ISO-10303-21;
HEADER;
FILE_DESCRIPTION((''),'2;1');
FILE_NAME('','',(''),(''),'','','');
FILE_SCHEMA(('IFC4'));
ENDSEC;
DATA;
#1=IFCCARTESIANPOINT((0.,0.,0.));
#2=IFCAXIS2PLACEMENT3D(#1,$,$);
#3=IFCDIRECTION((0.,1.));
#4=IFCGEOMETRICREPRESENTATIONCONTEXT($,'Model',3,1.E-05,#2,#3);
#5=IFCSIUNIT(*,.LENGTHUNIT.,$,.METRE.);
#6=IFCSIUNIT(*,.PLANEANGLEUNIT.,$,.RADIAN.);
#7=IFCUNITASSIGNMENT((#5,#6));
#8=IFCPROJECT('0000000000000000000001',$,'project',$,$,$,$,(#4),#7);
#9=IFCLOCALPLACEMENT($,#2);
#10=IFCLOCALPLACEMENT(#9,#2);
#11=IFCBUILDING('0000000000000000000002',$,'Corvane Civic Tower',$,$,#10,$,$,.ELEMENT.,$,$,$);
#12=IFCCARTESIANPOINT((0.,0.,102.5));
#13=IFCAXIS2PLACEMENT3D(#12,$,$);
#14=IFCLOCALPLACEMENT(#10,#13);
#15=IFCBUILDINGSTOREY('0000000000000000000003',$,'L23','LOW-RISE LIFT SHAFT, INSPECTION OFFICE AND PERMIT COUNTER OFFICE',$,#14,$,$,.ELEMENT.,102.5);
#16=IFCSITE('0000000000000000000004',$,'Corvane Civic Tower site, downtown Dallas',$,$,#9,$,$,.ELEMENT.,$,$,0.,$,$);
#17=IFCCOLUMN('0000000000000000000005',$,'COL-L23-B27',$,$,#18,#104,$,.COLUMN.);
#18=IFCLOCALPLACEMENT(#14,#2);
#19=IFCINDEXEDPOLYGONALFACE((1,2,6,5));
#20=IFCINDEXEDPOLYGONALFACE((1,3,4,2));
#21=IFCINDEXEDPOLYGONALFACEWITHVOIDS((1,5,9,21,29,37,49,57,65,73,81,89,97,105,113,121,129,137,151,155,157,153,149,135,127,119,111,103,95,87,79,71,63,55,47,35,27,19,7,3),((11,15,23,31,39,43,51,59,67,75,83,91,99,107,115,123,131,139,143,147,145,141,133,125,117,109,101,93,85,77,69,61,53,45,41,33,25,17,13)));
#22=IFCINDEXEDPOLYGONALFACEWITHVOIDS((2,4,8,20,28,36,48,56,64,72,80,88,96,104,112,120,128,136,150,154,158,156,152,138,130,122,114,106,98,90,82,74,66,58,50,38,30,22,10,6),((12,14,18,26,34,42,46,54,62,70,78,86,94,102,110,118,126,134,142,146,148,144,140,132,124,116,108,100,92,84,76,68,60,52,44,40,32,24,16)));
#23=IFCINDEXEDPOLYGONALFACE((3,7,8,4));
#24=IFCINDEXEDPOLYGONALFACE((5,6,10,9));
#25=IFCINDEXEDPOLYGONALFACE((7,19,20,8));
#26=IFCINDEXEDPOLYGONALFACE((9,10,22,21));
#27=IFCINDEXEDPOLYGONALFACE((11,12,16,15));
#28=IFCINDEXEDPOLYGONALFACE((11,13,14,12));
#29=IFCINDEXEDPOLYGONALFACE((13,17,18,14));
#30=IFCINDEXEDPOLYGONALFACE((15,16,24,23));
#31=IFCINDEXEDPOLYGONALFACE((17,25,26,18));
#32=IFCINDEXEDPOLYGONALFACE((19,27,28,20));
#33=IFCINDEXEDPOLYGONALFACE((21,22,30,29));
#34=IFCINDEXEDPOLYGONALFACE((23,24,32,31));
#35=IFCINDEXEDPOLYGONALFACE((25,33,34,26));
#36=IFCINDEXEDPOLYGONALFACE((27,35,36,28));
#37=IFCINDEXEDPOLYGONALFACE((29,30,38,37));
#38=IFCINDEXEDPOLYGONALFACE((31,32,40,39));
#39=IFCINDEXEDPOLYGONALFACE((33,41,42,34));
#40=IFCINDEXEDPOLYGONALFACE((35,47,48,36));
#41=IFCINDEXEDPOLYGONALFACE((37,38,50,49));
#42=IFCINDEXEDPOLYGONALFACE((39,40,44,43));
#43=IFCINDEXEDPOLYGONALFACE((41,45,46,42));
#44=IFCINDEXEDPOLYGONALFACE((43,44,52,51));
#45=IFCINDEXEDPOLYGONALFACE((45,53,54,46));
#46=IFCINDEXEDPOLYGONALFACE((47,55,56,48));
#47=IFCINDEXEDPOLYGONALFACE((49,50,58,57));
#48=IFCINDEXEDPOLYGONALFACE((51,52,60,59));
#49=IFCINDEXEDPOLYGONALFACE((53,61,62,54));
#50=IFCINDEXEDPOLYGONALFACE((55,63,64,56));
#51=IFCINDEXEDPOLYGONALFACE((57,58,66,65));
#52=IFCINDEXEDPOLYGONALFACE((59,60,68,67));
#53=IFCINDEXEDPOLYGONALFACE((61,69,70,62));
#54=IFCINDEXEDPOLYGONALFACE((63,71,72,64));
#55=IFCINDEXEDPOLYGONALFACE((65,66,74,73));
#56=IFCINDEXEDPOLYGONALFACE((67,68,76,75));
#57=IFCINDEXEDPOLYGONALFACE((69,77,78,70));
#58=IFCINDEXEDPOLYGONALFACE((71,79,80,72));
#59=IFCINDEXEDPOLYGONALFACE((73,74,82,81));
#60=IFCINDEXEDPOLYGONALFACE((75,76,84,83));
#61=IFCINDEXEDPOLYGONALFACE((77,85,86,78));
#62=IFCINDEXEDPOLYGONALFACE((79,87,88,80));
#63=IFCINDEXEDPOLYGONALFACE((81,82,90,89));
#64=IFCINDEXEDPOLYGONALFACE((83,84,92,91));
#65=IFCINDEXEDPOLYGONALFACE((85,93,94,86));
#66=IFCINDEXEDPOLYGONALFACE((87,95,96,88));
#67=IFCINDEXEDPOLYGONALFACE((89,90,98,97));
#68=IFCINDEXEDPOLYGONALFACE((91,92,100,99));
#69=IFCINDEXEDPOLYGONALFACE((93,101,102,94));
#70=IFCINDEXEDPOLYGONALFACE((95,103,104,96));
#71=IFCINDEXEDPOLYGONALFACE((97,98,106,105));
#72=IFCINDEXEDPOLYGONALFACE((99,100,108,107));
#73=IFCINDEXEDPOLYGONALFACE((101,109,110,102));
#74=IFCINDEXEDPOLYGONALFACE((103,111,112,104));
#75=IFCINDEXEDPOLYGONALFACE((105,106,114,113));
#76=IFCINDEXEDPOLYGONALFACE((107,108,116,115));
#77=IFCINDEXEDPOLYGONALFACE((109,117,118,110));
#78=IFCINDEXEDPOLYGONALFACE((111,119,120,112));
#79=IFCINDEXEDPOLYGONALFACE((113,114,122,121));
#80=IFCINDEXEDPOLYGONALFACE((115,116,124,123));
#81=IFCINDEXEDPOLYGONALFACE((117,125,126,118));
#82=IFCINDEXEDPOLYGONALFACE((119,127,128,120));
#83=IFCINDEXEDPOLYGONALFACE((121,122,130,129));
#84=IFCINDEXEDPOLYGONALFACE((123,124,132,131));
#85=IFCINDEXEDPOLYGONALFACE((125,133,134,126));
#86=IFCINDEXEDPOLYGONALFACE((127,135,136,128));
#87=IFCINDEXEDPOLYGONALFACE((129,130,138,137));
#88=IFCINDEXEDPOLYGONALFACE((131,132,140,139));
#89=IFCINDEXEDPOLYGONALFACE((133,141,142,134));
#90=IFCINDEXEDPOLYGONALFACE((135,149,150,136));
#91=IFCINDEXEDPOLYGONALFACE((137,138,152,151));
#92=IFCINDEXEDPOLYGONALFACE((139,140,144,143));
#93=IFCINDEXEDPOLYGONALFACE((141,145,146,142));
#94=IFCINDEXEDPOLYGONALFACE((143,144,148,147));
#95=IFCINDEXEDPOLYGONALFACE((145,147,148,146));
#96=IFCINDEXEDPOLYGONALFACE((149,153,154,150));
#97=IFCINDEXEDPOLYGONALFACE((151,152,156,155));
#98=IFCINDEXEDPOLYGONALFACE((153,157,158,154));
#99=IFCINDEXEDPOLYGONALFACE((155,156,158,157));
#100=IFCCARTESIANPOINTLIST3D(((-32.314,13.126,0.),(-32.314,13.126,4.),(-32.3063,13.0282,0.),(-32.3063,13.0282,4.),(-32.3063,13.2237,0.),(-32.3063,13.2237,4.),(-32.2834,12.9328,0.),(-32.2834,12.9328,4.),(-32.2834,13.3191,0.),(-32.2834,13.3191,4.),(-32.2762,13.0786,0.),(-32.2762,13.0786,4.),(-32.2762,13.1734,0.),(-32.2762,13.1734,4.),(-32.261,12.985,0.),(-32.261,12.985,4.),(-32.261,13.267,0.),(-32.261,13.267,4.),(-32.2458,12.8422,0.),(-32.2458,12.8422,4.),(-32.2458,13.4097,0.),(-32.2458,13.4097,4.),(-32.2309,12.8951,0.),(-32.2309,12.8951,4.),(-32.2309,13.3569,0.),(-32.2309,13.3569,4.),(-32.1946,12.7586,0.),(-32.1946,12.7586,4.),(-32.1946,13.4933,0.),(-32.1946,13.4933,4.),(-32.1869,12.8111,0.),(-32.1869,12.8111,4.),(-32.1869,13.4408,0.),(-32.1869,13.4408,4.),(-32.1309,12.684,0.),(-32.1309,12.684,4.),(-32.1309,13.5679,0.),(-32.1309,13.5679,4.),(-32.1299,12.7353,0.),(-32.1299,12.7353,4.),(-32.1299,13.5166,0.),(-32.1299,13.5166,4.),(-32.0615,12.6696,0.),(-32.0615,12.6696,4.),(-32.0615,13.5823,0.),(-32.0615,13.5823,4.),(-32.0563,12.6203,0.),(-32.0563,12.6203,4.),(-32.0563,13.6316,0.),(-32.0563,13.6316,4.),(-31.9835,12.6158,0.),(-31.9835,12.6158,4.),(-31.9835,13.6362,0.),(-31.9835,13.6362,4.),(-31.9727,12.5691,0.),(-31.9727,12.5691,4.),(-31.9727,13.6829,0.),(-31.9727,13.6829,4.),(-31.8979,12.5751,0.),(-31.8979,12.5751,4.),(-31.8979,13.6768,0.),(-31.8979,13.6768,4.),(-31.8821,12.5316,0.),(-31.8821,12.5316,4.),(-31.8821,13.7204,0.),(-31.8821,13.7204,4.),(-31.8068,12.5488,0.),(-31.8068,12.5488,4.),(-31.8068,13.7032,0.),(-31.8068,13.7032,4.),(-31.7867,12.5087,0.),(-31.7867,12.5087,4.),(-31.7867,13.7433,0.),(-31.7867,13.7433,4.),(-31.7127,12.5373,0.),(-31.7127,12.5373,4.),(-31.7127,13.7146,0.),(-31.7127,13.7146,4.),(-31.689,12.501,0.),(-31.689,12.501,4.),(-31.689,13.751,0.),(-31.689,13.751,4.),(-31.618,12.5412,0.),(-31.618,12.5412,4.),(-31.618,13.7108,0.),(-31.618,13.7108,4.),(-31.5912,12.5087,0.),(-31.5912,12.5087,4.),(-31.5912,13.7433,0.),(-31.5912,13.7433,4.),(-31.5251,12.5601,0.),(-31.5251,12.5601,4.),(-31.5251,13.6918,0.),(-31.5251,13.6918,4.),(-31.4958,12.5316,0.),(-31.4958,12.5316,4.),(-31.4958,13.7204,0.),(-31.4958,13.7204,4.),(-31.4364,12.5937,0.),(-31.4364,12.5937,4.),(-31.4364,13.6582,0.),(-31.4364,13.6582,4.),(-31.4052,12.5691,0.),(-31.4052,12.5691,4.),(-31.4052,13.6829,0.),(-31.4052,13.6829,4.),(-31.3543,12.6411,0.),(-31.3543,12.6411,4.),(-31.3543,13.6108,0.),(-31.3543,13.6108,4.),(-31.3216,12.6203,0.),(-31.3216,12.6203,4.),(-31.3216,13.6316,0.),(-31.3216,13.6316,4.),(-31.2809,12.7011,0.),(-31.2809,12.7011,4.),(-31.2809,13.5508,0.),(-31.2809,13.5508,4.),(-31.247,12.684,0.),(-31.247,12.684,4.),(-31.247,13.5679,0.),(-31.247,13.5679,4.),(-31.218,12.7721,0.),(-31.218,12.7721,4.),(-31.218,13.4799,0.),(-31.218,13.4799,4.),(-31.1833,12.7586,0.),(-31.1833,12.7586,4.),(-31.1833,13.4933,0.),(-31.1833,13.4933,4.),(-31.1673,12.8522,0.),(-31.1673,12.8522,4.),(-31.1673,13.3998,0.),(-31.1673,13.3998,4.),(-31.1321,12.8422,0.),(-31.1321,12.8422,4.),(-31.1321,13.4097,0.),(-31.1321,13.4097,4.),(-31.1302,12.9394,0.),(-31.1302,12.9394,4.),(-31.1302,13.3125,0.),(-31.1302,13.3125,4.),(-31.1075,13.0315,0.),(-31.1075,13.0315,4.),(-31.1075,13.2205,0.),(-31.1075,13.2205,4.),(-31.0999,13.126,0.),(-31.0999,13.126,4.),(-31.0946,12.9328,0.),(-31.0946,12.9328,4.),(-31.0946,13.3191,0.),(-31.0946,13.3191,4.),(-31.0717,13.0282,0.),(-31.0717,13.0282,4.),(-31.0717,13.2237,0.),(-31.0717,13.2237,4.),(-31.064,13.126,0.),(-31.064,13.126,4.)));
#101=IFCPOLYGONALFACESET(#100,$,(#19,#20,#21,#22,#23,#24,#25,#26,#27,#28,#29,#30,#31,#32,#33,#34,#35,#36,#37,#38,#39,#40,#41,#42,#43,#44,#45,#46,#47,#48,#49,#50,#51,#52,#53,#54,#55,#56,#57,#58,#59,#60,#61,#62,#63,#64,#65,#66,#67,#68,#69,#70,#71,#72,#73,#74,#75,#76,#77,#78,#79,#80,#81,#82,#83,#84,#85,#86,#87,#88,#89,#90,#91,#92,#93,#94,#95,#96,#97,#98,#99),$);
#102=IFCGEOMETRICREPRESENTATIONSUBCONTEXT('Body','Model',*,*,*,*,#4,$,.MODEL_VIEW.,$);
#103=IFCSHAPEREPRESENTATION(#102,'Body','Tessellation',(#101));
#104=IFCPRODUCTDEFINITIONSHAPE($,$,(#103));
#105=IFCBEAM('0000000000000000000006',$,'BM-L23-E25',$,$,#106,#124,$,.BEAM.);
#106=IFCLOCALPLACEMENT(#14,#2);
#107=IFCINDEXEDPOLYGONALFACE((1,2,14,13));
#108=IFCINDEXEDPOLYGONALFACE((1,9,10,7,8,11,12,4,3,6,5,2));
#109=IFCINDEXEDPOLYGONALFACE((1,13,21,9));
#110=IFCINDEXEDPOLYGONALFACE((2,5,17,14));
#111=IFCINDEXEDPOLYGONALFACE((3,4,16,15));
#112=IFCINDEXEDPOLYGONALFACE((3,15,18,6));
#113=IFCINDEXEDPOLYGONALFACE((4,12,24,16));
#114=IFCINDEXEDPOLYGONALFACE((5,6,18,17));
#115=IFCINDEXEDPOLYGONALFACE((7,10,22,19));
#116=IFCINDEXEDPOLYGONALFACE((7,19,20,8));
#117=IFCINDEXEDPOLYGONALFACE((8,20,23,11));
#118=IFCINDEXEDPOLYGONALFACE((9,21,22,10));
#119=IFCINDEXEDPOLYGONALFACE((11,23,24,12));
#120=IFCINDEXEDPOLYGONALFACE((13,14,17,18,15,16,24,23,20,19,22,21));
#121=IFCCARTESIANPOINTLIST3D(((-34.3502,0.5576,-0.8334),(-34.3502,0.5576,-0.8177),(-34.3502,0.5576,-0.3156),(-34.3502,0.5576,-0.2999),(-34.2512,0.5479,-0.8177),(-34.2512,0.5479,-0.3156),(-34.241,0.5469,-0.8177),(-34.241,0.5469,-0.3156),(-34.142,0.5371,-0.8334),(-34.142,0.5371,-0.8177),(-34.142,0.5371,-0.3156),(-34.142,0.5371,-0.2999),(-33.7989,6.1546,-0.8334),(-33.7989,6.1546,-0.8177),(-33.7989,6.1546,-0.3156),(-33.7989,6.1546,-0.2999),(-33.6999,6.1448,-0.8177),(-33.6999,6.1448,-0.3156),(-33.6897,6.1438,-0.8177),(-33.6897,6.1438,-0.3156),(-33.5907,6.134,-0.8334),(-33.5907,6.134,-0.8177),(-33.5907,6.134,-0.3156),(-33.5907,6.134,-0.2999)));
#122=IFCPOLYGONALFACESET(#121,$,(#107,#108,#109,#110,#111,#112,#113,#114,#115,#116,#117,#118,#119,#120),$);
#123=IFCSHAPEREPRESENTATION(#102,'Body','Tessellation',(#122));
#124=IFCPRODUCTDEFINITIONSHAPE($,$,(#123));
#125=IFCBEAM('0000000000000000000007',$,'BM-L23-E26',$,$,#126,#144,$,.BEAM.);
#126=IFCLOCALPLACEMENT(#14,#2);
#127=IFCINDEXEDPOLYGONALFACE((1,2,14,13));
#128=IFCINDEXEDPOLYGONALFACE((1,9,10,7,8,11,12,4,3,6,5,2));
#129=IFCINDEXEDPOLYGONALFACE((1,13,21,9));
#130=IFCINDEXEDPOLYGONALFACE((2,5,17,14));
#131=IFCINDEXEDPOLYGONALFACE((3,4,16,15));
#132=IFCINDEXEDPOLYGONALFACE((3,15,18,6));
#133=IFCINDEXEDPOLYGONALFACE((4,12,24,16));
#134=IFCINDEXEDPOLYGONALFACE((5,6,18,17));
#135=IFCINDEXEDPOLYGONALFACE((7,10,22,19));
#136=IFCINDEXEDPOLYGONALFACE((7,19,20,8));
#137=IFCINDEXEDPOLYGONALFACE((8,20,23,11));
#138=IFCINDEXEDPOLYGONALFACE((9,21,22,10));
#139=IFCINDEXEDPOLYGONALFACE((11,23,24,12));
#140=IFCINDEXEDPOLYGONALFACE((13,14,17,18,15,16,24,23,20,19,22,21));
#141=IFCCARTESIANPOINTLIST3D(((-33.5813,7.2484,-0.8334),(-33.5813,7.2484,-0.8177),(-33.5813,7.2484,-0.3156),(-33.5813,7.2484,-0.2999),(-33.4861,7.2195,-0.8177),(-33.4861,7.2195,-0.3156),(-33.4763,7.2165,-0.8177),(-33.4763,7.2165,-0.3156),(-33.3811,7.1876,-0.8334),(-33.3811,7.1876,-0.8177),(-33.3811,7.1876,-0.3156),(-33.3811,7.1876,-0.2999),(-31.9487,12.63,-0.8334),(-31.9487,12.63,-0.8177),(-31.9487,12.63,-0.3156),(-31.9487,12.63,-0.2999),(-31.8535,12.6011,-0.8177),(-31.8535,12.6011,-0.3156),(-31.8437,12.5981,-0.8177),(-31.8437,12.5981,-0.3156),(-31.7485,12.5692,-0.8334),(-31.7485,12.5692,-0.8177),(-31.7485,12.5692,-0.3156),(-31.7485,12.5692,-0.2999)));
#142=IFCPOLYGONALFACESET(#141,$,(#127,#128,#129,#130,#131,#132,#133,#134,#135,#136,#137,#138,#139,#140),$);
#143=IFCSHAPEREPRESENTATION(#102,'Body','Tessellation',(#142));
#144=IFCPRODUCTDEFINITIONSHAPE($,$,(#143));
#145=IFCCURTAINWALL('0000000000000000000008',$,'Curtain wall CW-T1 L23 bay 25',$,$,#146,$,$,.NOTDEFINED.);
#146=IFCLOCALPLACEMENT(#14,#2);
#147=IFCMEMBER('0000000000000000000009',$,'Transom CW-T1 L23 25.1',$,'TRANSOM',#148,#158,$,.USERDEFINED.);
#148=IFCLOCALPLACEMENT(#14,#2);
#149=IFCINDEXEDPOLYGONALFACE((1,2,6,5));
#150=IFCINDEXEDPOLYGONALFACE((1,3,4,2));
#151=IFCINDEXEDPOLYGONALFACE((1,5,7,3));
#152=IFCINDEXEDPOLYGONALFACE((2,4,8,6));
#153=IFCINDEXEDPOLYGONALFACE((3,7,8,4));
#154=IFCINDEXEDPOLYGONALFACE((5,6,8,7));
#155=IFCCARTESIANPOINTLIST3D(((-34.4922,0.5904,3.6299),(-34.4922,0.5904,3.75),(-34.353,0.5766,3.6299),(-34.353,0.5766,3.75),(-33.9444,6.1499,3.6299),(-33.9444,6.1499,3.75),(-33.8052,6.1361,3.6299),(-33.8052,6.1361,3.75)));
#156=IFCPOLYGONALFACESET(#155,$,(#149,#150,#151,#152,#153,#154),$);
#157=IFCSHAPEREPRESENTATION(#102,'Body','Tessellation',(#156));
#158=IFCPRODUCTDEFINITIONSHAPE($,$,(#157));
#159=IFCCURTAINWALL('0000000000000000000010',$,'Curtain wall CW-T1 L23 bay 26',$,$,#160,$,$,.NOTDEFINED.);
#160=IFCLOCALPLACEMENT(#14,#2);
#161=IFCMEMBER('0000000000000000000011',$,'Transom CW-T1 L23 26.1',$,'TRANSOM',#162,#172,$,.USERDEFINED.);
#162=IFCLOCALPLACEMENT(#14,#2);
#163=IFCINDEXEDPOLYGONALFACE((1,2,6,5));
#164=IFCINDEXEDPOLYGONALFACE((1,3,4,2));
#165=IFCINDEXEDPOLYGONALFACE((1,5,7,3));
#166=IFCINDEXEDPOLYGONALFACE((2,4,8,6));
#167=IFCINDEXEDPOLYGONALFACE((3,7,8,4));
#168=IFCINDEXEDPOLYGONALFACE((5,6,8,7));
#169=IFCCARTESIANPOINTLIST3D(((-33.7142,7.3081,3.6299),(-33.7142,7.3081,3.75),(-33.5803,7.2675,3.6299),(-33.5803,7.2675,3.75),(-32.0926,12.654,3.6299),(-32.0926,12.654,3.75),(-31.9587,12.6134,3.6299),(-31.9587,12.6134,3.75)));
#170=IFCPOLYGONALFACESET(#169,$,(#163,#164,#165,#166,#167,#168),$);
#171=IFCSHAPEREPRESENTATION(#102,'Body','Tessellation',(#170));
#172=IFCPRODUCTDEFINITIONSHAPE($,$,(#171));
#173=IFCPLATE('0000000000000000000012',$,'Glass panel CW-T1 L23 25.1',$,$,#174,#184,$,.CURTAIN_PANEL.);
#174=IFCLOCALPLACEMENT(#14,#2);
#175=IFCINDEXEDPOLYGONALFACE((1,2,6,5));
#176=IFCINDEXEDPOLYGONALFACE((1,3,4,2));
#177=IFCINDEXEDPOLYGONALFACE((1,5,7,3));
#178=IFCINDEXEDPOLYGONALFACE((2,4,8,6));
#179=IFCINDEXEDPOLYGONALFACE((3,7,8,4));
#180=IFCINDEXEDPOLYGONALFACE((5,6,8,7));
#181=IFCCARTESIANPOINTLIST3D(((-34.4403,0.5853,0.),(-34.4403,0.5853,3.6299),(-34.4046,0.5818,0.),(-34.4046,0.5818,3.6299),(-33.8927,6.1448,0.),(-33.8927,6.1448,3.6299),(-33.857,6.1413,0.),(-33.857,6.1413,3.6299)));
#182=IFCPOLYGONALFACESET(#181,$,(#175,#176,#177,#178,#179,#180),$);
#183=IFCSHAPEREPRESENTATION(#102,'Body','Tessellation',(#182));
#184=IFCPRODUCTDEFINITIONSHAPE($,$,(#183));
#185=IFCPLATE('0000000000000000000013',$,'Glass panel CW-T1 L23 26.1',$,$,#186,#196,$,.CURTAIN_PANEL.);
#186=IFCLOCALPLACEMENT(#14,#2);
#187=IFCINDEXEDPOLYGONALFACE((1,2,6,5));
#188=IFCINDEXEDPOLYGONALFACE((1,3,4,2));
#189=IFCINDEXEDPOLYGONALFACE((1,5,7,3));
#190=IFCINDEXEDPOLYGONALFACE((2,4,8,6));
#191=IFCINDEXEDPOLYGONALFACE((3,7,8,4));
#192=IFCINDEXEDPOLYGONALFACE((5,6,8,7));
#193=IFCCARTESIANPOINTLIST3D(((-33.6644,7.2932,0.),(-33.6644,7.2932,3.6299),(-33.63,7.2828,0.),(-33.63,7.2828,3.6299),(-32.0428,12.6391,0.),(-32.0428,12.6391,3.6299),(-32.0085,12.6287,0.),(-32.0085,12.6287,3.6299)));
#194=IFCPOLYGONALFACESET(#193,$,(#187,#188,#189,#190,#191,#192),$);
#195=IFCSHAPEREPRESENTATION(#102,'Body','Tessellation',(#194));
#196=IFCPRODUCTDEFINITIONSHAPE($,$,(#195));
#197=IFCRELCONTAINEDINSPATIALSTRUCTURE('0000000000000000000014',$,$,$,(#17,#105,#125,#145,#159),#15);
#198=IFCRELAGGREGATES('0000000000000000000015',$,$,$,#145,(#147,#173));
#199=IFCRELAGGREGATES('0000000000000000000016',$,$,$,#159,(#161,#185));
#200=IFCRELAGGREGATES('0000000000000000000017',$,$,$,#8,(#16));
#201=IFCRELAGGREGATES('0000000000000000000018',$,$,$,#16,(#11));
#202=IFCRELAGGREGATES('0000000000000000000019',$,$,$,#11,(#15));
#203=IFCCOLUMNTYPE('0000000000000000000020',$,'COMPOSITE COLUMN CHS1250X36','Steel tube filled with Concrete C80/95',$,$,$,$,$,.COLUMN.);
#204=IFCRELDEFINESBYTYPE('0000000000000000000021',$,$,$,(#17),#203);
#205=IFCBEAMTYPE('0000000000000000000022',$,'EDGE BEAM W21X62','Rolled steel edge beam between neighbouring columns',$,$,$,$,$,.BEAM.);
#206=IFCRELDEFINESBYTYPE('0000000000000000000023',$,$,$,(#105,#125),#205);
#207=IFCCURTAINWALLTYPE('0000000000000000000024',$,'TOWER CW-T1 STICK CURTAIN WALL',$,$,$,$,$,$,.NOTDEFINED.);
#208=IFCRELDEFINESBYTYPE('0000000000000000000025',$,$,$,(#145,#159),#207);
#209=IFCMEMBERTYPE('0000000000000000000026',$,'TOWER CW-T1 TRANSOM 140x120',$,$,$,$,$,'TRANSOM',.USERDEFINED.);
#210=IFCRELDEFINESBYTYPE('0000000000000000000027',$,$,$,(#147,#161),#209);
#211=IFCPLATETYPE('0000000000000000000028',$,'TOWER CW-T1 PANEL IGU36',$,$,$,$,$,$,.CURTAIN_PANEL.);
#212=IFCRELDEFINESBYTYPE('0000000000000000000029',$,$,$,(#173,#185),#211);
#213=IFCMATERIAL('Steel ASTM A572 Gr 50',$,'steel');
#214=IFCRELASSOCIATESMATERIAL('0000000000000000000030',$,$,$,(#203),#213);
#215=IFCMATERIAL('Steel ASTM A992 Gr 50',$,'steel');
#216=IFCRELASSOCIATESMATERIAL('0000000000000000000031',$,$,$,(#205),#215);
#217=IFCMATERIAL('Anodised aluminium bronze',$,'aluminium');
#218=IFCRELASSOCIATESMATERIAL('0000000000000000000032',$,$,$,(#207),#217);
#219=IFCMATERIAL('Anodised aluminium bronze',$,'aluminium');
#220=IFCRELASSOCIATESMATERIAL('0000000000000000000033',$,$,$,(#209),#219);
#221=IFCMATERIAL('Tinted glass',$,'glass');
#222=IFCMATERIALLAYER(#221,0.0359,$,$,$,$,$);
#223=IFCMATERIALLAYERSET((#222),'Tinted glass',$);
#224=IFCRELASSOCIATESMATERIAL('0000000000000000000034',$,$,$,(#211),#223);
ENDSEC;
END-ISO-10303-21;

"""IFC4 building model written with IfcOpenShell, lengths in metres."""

from ifc_helpers import new_model, si_unit, direction, frame, origin, origin_2d, place, context, subcontext, project, spatial, rectangle, hollow_circle, i_section, extrude, material, layer, layer_set, material_profile, profile_set, type_object, element, aggregate, save


model = new_model("IFC4")

# Units and contexts
model_context = context("Model", 3, precision=1e-05, world=origin(), true_north=direction((0.0, 1.0)))
body_context = subcontext(model_context, "Body", "Model", "MODEL_VIEW")
ifc_project = project(units=[si_unit("LENGTHUNIT", "METRE"), si_unit("PLANEANGLEUNIT", "RADIAN")], contexts=[model_context])

# Site, building, storey
site_placement = place(None, origin())
site = spatial("IfcSite", under=ifc_project, at=site_placement, Name="Corvane Civic Tower site, downtown Dallas", CompositionType="ELEMENT", RefElevation=0.0)
building_placement = place(site_placement, origin())
building = spatial("IfcBuilding", under=site, at=building_placement, Name="Corvane Civic Tower", CompositionType="ELEMENT")
storey_placement = place(building_placement, frame((0.0, 0.0, 102.5)))
storey = spatial("IfcBuildingStorey", under=building, at=storey_placement, Name="L23", Description="LOW-RISE LIFT SHAFT, INSPECTION OFFICE AND PERMIT COUNTER OFFICE", CompositionType="ELEMENT", Elevation=102.5)

# Column
ifc_material_1 = material(Name="Steel ASTM A572 Gr 50", Category="steel")
ifc_material_profile_1 = material_profile(ifc_material_1, hollow_circle(Radius=0.625, WallThickness=0.0359, at=origin_2d()), Name="CHS1250X36")
ifc_profile_set_1 = profile_set([ifc_material_profile_1], Name="Steel ASTM A572 Gr 50")
column_type = type_object("IfcColumnType", Name="COMPOSITE COLUMN CHS1250X36", Description="Steel tube filled with Concrete C80/95", PredefinedType="COLUMN", material=ifc_profile_set_1)
for number, where, z_axis, x_axis, name in (
    (1, (-31.689, 13.126, 0.0), (0.0, 0.0, 1.0), (1.0, 0.0, 0.0), "COL-L23-B27"),
):
    element("IfcColumn", number, at=place(storey_placement, frame(where, z_axis=z_axis, x_axis=x_axis)), inside=storey, type_object=column_type, Name=name, PredefinedType="COLUMN", context=body_context, shape_type="SweptSolid", body=[
        extrude(hollow_circle(Radius=0.625, WallThickness=0.0359, at=origin_2d()), origin(), (0.0, 0.0, 1.0), 4.0),
    ])

# Beams
ifc_material_2 = material(Name="Steel ASTM A992 Gr 50", Category="steel")
ifc_material_profile_2 = material_profile(ifc_material_2, i_section(OverallWidth=0.2092, OverallDepth=0.5334, WebThickness=0.0103, FlangeThickness=0.0156, at=origin_2d()), Name="W21X62")
ifc_profile_set_2 = profile_set([ifc_material_profile_2], Name="Steel ASTM A992 Gr 50")
beam_type = type_object("IfcBeamType", Name="EDGE BEAM W21X62", Description="Rolled steel edge beam between neighbouring columns", PredefinedType="BEAM", material=ifc_profile_set_2)
beam_1_placement = place(storey_placement, frame((-34.2461, 0.5474, -0.5667), z_axis=(0.098021, 0.995184, 0.0), x_axis=(-0.995184, 0.098021, 0.0)))
element("IfcBeam", 2, at=beam_1_placement, inside=storey, type_object=beam_type, Name="BM-L23-E25", PredefinedType="BEAM", context=body_context, shape_type="SweptSolid", body=[
    extrude(i_section(OverallWidth=0.2092, OverallDepth=0.5334, WebThickness=0.0103, FlangeThickness=0.0156, at=origin_2d()), origin(), (0.0, 0.0, 1.0), 5.624),
])
beam_2_placement = place(storey_placement, frame((-33.4812, 7.218, -0.5667), z_axis=(0.290298, 0.956936, 0.0), x_axis=(-0.956936, 0.290298, 0.0)))
element("IfcBeam", 3, at=beam_2_placement, inside=storey, type_object=beam_type, Name="BM-L23-E26", PredefinedType="BEAM", context=body_context, shape_type="SweptSolid", body=[
    extrude(i_section(OverallWidth=0.2092, OverallDepth=0.5334, WebThickness=0.0103, FlangeThickness=0.0156, at=origin_2d()), origin(), (0.0, 0.0, 1.0), 5.6238),
])

# Curtain walls, members
ifc_material_3 = material(Name="Anodised aluminium bronze", Category="aluminium")
curtain_wall_type = type_object("IfcCurtainWallType", Name="TOWER CW-T1 STICK CURTAIN WALL", PredefinedType="NOTDEFINED", material=ifc_material_3)
curtain_wall_1_placement = place(storey_placement, origin())
curtain_wall_1 = element("IfcCurtainWall", 4, at=curtain_wall_1_placement, inside=storey, type_object=curtain_wall_type, Name="Curtain wall CW-T1 L23 bay 25", PredefinedType="NOTDEFINED")
ifc_material_4 = material(Name="Anodised aluminium bronze", Category="aluminium")
ifc_material_profile_3 = material_profile(ifc_material_4, rectangle(XDim=0.1399, YDim=0.1201, at=origin_2d()), Name="TOWER CW-T1 TRANSOM 140x120")
ifc_profile_set_3 = profile_set([ifc_material_profile_3], Name="Anodised aluminium bronze")
member_type = type_object("IfcMemberType", Name="TOWER CW-T1 TRANSOM 140x120", ElementType="TRANSOM", PredefinedType="USERDEFINED", material=ifc_profile_set_3)
member_1_placement = place(storey_placement, frame((-34.4226, 0.5835, 3.6899), z_axis=(0.098067, 0.99518, 0.0), x_axis=(-0.99518, 0.098067, 0.0)))
member_1 = element("IfcMember", 5, at=member_1_placement, type_object=member_type, Name="Transom CW-T1 L23 25.1", ObjectType="TRANSOM", PredefinedType="USERDEFINED", context=body_context, shape_type="SweptSolid", body=[
    extrude(rectangle(XDim=0.1399, YDim=0.1201, at=origin_2d()), origin(), (0.0, 0.0, 1.0), 5.5864),
])
curtain_wall_2_placement = place(storey_placement, origin())
curtain_wall_2 = element("IfcCurtainWall", 6, at=curtain_wall_2_placement, inside=storey, type_object=curtain_wall_type, Name="Curtain wall CW-T1 L23 bay 26", PredefinedType="NOTDEFINED")
member_2_placement = place(storey_placement, frame((-33.6472, 7.2878, 3.6899), z_axis=(0.290269, 0.956945, 0.0), x_axis=(-0.956945, 0.290269, 0.0)))
member_2 = element("IfcMember", 7, at=member_2_placement, type_object=member_type, Name="Transom CW-T1 L23 26.1", ObjectType="TRANSOM", PredefinedType="USERDEFINED", context=body_context, shape_type="SweptSolid", body=[
    extrude(rectangle(XDim=0.1399, YDim=0.1201, at=origin_2d()), origin(), (0.0, 0.0, 1.0), 5.5864),
])

# Plates
ifc_material_5 = material(Name="Tinted glass", Category="glass")
ifc_layer_1 = layer(ifc_material_5, 0.0359)
ifc_layer_set_1 = layer_set([ifc_layer_1], Name="Tinted glass")
plate_type = type_object("IfcPlateType", Name="TOWER CW-T1 PANEL IGU36", PredefinedType="CURTAIN_PANEL", material=ifc_layer_set_1)
plate_1_placement = place(storey_placement, frame((-34.1487, 3.3633, 0.0), z_axis=(0.0, 0.0, 1.0), x_axis=(0.098027, 0.995184, 0.0)))
plate_1 = element("IfcPlate", 8, at=plate_1_placement, type_object=plate_type, Name="Glass panel CW-T1 L23 25.1", PredefinedType="CURTAIN_PANEL", context=body_context, shape_type="SweptSolid", body=[
    extrude(rectangle(XDim=5.5864, YDim=0.0359, at=origin_2d()), origin(), (0.0, 0.0, 1.0), 3.6299),
])
aggregate(curtain_wall_1, [member_1, plate_1])
plate_2_placement = place(storey_placement, frame((-32.8364, 9.9609, 0.0), z_axis=(0.0, 0.0, 1.0), x_axis=(0.290266, 0.956946, 0.0)))
plate_2 = element("IfcPlate", 9, at=plate_2_placement, type_object=plate_type, Name="Glass panel CW-T1 L23 26.1", PredefinedType="CURTAIN_PANEL", context=body_context, shape_type="SweptSolid", body=[
    extrude(rectangle(XDim=5.5864, YDim=0.0359, at=origin_2d()), origin(), (0.0, 0.0, 1.0), 3.6299),
])
aggregate(curtain_wall_2, [member_2, plate_2])

save(model, "model.ifc")
